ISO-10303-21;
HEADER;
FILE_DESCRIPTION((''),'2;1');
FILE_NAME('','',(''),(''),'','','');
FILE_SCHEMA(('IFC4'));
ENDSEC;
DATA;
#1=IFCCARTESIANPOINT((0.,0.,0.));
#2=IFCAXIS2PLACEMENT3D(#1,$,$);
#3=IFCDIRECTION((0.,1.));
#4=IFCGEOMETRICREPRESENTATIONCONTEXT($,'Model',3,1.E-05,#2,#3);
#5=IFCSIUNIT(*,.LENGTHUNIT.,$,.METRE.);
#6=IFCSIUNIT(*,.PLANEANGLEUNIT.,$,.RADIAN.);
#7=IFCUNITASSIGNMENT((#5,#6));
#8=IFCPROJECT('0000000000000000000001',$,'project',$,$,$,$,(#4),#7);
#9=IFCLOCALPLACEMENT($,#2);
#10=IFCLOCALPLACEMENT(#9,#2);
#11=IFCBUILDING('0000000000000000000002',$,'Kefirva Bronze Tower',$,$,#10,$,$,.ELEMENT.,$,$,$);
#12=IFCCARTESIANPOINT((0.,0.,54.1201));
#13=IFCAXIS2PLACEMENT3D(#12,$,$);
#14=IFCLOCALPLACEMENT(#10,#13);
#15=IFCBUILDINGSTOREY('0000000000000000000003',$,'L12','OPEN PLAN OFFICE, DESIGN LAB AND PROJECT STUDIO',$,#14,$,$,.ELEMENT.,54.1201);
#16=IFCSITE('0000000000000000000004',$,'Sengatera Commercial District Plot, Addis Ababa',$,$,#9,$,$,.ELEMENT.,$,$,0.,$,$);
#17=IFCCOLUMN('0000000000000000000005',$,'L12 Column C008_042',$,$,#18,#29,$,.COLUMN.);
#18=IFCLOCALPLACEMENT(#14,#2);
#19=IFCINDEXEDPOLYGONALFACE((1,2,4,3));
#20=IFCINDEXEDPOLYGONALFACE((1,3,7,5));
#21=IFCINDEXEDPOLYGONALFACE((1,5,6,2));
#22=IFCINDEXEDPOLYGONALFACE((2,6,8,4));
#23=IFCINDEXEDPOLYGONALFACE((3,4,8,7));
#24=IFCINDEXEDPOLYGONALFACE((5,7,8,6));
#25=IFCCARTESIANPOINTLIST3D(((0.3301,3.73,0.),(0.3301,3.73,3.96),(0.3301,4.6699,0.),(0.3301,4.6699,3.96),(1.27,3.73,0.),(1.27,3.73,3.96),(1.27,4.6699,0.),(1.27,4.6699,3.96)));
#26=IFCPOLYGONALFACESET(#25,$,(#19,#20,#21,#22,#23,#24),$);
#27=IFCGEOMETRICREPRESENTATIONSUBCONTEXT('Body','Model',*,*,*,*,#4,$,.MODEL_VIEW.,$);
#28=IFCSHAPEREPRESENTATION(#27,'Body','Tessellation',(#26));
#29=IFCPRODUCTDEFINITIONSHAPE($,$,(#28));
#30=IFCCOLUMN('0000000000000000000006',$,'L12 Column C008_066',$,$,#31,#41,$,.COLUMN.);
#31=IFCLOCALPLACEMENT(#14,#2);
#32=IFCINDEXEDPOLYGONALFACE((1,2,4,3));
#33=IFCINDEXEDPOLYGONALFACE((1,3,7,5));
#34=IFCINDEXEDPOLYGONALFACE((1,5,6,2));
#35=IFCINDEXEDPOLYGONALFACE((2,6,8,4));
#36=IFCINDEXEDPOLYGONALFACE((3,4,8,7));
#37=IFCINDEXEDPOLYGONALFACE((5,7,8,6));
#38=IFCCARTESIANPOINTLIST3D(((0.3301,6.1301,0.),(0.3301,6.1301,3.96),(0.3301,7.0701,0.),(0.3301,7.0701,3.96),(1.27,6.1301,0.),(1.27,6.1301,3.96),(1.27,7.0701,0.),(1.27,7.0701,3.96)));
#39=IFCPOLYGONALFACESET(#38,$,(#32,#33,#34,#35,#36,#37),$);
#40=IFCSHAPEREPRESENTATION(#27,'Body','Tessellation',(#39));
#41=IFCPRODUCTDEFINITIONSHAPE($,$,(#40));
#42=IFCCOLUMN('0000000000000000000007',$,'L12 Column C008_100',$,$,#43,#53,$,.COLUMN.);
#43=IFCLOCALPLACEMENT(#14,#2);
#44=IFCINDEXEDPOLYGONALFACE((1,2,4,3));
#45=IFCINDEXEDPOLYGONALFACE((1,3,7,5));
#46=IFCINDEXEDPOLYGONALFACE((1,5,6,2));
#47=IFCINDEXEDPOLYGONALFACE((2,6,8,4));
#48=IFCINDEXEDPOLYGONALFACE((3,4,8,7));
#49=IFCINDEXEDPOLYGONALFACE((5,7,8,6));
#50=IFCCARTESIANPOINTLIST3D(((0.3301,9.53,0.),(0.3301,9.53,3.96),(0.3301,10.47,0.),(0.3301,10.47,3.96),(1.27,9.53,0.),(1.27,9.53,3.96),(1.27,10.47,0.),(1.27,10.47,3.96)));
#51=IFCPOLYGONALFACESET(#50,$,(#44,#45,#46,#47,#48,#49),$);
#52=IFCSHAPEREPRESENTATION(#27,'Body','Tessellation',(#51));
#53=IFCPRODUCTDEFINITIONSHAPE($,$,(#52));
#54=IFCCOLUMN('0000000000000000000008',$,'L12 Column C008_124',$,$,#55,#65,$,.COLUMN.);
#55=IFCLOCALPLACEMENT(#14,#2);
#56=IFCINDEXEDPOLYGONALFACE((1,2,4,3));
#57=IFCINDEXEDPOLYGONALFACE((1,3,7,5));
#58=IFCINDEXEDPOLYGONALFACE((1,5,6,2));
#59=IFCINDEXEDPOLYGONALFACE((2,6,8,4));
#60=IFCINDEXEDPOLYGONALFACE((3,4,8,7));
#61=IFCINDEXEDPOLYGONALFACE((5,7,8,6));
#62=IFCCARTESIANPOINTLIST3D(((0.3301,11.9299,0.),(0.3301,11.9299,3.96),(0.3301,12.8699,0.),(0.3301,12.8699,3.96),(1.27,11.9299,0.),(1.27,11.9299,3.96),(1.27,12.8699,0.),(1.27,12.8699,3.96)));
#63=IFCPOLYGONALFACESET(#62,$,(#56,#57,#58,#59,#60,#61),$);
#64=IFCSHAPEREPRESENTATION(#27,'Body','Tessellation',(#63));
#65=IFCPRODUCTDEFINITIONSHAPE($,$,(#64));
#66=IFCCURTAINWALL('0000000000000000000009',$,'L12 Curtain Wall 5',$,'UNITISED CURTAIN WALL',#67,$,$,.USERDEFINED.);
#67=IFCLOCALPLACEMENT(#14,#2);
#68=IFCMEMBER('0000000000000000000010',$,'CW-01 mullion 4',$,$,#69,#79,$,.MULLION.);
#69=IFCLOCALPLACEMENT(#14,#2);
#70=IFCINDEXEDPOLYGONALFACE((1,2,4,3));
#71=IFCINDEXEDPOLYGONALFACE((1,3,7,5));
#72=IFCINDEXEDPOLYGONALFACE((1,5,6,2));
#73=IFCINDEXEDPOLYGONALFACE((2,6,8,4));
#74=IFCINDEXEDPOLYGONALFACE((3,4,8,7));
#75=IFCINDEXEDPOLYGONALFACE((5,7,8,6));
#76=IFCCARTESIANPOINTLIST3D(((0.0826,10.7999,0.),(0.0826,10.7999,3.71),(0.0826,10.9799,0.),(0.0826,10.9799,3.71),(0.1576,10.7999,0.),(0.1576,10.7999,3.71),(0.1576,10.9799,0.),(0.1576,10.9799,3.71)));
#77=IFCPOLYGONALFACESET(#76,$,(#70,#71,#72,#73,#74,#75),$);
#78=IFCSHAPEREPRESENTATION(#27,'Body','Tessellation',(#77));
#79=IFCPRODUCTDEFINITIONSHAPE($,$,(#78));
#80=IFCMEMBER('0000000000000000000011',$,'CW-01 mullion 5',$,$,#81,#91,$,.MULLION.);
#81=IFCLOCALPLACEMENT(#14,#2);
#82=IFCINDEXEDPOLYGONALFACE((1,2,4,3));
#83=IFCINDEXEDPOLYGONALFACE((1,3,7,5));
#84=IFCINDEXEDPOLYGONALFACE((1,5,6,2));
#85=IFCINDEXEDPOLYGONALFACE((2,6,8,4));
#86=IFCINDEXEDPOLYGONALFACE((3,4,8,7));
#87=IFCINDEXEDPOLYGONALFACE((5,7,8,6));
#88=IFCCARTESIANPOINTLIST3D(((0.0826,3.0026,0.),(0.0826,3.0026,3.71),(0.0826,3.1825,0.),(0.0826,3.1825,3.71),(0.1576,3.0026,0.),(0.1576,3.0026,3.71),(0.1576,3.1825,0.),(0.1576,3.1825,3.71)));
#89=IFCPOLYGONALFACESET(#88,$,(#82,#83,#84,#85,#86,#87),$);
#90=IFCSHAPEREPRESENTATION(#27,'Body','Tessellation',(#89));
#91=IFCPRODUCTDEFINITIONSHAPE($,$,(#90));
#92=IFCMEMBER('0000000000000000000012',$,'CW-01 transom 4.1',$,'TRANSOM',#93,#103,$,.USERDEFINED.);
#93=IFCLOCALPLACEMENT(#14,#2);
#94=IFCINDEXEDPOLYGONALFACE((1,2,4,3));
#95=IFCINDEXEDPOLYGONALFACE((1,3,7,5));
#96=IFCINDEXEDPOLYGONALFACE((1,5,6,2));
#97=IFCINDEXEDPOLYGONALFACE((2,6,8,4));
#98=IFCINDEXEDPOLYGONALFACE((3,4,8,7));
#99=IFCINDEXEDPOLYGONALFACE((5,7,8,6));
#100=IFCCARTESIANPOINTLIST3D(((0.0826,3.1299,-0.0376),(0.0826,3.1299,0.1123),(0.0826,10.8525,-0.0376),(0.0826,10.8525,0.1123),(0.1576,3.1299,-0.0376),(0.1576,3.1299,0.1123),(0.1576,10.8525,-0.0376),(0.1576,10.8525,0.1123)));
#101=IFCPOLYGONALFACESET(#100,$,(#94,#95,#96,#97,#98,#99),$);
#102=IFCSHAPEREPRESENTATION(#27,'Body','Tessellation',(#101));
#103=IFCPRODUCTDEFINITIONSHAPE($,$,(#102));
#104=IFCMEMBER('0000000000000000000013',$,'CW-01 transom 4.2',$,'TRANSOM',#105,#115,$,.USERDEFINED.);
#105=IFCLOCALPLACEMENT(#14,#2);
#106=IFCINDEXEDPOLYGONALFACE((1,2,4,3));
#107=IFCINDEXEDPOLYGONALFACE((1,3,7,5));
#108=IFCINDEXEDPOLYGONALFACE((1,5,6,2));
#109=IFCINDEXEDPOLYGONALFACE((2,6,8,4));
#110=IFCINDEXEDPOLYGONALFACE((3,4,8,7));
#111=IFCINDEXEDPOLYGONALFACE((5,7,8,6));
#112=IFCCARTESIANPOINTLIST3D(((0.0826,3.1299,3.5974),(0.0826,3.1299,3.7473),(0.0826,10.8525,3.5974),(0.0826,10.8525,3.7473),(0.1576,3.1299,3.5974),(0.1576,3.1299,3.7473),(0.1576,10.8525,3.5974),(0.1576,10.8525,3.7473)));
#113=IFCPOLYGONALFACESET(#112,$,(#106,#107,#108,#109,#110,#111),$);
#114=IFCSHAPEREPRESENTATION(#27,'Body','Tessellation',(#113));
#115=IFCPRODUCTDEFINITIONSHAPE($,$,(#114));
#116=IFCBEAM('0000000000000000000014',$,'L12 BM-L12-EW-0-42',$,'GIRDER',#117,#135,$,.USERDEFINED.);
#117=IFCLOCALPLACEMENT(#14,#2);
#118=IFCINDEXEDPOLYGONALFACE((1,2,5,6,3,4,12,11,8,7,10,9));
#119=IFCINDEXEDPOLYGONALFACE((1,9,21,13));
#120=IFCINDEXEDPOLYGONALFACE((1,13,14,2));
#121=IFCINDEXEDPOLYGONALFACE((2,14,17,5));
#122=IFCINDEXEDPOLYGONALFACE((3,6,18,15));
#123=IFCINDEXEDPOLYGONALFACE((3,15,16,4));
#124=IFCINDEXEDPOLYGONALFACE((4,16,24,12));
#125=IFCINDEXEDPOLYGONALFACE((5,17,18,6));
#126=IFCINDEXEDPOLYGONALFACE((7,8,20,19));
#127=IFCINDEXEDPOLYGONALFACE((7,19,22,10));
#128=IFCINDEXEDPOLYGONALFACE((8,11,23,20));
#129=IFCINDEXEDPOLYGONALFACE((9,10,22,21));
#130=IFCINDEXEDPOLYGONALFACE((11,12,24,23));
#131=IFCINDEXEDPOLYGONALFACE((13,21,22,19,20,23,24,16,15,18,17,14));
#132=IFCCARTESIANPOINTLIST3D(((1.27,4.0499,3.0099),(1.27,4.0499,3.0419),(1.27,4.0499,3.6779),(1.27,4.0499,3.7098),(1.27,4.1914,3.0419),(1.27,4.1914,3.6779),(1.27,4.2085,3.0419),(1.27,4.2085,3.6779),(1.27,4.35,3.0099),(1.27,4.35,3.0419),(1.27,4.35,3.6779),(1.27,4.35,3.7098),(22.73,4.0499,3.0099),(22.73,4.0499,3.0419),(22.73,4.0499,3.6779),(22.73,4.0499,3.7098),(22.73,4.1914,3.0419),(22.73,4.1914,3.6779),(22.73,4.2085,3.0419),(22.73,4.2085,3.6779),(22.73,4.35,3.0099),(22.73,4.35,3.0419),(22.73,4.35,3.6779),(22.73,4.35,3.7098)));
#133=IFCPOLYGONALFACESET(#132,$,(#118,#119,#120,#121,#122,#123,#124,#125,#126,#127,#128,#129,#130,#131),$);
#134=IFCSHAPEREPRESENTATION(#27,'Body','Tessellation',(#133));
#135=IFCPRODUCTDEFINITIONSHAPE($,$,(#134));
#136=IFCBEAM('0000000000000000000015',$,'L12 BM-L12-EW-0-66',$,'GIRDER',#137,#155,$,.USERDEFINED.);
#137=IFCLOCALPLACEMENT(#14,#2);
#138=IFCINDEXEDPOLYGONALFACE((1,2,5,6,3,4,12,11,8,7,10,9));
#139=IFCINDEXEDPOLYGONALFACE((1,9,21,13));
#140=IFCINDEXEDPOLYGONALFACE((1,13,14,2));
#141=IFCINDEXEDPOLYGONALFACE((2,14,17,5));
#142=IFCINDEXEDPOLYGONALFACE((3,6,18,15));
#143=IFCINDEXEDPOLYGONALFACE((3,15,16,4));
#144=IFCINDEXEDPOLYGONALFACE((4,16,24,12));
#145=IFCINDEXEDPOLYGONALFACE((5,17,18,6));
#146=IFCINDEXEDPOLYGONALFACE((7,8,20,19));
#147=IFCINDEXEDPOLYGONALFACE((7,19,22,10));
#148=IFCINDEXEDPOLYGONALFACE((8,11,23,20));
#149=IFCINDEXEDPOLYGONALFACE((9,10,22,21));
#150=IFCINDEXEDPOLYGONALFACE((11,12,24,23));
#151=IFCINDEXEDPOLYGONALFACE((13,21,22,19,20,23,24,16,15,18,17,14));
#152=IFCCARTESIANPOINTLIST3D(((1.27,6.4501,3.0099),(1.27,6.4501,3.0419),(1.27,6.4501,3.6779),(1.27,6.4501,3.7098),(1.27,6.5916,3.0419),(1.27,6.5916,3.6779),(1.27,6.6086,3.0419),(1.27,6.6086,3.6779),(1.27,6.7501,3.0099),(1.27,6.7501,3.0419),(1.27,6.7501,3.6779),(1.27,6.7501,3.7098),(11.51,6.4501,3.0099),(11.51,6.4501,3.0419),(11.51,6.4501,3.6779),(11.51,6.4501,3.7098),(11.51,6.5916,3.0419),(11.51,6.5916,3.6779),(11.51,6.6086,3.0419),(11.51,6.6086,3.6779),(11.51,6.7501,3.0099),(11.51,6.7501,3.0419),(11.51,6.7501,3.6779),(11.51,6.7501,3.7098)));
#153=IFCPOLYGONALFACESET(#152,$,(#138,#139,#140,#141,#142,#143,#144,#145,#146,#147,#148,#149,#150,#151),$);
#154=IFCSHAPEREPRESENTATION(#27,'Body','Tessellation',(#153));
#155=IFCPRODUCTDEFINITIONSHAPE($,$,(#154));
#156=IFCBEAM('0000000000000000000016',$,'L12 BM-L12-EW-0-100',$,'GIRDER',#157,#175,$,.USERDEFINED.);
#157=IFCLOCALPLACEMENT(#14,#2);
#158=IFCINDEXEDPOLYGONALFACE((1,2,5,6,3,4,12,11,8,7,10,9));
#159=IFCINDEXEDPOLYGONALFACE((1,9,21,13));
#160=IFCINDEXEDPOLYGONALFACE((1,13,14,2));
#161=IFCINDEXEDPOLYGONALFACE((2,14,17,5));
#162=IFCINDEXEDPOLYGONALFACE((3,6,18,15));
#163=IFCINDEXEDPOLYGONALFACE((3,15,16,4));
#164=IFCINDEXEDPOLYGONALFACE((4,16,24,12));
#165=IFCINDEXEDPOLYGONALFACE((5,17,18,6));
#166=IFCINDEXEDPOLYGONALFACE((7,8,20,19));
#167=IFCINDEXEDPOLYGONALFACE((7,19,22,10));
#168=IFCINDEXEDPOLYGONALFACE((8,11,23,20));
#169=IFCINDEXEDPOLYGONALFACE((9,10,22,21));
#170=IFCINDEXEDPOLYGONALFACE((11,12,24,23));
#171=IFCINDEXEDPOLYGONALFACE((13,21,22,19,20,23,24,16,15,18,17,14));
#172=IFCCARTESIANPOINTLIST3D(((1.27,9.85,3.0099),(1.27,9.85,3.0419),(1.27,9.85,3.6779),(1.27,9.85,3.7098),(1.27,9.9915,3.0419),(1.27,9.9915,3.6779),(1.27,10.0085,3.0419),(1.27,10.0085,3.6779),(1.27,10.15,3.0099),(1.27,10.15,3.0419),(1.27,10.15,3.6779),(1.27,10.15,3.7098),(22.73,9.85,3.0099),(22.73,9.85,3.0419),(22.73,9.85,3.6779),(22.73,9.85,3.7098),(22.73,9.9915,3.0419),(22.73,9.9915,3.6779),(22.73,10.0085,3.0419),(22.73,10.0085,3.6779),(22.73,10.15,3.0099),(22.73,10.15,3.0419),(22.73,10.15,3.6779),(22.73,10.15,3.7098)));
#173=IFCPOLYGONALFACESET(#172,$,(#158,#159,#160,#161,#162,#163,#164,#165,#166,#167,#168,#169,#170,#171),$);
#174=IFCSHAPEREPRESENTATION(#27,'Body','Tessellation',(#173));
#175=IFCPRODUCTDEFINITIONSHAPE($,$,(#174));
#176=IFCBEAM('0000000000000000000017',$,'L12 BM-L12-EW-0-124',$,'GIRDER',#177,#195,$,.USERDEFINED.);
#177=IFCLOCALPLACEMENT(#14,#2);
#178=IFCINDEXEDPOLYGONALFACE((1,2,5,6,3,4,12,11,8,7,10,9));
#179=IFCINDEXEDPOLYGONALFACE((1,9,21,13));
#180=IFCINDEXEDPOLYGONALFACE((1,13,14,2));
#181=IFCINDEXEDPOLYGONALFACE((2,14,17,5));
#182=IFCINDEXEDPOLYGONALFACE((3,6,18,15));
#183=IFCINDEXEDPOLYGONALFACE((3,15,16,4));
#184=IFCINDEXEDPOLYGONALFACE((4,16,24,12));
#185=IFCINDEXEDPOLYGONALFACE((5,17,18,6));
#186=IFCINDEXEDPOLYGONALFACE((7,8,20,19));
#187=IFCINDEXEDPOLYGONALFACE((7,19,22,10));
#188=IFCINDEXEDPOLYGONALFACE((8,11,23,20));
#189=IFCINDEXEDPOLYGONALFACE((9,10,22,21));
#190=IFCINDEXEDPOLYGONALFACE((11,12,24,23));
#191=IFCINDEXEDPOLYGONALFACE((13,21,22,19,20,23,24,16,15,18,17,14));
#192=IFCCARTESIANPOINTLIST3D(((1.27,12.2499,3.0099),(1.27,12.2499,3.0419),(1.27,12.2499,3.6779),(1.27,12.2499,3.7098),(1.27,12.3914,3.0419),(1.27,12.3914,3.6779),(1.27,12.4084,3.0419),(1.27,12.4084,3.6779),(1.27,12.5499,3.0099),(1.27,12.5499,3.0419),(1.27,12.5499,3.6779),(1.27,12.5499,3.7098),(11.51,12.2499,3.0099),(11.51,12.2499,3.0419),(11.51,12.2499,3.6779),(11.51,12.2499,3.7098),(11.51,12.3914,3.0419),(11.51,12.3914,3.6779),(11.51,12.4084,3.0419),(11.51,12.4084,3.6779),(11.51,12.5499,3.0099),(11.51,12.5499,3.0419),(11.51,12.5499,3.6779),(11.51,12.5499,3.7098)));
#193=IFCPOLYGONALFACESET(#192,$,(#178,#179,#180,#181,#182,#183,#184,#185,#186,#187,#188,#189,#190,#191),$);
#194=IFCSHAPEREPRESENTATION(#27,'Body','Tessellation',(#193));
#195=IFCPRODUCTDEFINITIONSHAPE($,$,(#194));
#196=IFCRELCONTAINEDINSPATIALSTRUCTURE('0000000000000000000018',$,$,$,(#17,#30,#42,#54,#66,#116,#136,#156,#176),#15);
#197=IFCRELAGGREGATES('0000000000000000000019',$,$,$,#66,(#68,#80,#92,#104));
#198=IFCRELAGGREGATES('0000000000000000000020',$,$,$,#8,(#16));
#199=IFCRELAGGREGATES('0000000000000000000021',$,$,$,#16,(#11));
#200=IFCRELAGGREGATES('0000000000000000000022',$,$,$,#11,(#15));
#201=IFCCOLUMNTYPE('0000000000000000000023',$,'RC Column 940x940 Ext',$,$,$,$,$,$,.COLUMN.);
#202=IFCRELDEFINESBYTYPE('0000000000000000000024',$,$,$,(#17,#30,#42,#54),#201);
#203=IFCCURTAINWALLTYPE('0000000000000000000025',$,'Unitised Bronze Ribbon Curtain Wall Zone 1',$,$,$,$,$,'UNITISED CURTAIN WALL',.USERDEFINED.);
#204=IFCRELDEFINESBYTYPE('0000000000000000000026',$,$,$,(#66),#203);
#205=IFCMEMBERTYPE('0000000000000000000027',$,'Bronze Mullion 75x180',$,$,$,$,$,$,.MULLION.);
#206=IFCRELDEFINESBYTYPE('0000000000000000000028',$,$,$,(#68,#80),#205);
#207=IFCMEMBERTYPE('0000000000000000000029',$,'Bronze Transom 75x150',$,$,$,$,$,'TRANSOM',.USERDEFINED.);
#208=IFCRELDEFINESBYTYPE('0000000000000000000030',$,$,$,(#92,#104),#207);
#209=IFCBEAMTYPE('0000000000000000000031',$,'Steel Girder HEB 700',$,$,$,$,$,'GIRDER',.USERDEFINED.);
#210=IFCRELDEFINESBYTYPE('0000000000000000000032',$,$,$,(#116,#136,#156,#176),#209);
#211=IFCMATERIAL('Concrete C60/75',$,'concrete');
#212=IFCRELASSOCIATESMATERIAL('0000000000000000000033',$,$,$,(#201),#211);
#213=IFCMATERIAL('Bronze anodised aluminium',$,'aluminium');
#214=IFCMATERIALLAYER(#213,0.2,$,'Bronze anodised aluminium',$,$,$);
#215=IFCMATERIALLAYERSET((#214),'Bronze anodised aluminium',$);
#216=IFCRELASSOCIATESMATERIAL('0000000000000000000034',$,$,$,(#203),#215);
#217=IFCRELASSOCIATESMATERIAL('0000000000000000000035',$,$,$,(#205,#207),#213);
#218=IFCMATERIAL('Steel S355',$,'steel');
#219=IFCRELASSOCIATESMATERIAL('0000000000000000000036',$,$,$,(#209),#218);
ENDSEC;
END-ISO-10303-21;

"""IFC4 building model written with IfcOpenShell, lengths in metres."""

from ifc_helpers import new_model, si_unit, direction, frame, origin, origin_2d, place, context, subcontext, project, spatial, rectangle, i_section, extrude, material, layer, layer_set, material_profile, profile_set, type_object, element, aggregate, save


model = new_model("IFC4")

# Units and contexts
model_context = context("Model", 3, precision=1e-05, world=origin(), true_north=direction((0.0, 1.0)))
body_context = subcontext(model_context, "Body", "Model", "MODEL_VIEW")
ifc_project = project(units=[si_unit("LENGTHUNIT", "METRE"), si_unit("PLANEANGLEUNIT", "RADIAN")], contexts=[model_context])

# Site, building, storey
site_placement = place(None, origin())
site = spatial("IfcSite", under=ifc_project, at=site_placement, Name="Sengatera Commercial District Plot, Addis Ababa", CompositionType="ELEMENT", RefElevation=0.0)
building_placement = place(site_placement, origin())
building = spatial("IfcBuilding", under=site, at=building_placement, Name="Kefirva Bronze Tower", CompositionType="ELEMENT")
storey_placement = place(building_placement, frame((0.0, 0.0, 54.1201)))
storey = spatial("IfcBuildingStorey", under=building, at=storey_placement, Name="L12", Description="OPEN PLAN OFFICE, DESIGN LAB AND PROJECT STUDIO", CompositionType="ELEMENT", Elevation=54.1201)

# Columns
ifc_material_1 = material(Name="Concrete C60/75", Category="concrete")
ifc_material_profile_1 = material_profile(ifc_material_1, rectangle(XDim=0.9399, YDim=0.9399, at=origin_2d()), Name="RC 940x940")
ifc_profile_set_1 = profile_set([ifc_material_profile_1], Name="Concrete C60/75")
column_type = type_object("IfcColumnType", Name="RC Column 940x940 Ext", PredefinedType="COLUMN", material=ifc_profile_set_1)
for number, where, z_axis, x_axis, name in (
    (1, (0.8, 4.2, 0.0), (0.0, 0.0, 1.0), (1.0, 0.0, 0.0), "L12 Column C008_042"),
    (2, (0.8, 6.6001, 0.0), (0.0, 0.0, 1.0), (1.0, 0.0, 0.0), "L12 Column C008_066"),
    (3, (0.8, 10.0, 0.0), (0.0, 0.0, 1.0), (1.0, 0.0, 0.0), "L12 Column C008_100"),
    (4, (0.8, 12.3999, 0.0), (0.0, 0.0, 1.0), (1.0, 0.0, 0.0), "L12 Column C008_124"),
):
    element("IfcColumn", number, at=place(storey_placement, frame(where, z_axis=z_axis, x_axis=x_axis)), inside=storey, type_object=column_type, Name=name, PredefinedType="COLUMN", context=body_context, shape_type="SweptSolid", body=[
        extrude(rectangle(XDim=0.9399, YDim=0.9399, at=origin_2d()), origin(), (0.0, 0.0, 1.0), 3.96),
    ])

# Curtain wall, members
ifc_material_2 = material(Name="Bronze anodised aluminium", Category="aluminium")
ifc_layer_1 = layer(ifc_material_2, 0.2, Name="Bronze anodised aluminium")
ifc_layer_set_1 = layer_set([ifc_layer_1], Name="Bronze anodised aluminium")
curtain_wall_type = type_object("IfcCurtainWallType", Name="Unitised Bronze Ribbon Curtain Wall Zone 1", ElementType="UNITISED CURTAIN WALL", PredefinedType="USERDEFINED", material=ifc_layer_set_1)
curtain_wall_placement = place(storey_placement, origin())
curtain_wall = element("IfcCurtainWall", 5, at=curtain_wall_placement, inside=storey, type_object=curtain_wall_type, Name="L12 Curtain Wall 5", ObjectType="UNITISED CURTAIN WALL", PredefinedType="USERDEFINED")
ifc_material_profile_2 = material_profile(ifc_material_2, rectangle(XDim=0.075, YDim=0.1799, at=origin_2d()), Name="ALU 75x180")
ifc_profile_set_2 = profile_set([ifc_material_profile_2], Name="Bronze anodised aluminium")
member_type_1 = type_object("IfcMemberType", Name="Bronze Mullion 75x180", PredefinedType="MULLION", material=ifc_profile_set_2)
member_1_placement = place(storey_placement, frame((0.1201, 10.8899, 0.0), z_axis=(0.0, 0.0, 1.0), x_axis=(1.0, 0.0, 0.0)))
member_1 = element("IfcMember", 6, at=member_1_placement, type_object=member_type_1, Name="CW-01 mullion 4", PredefinedType="MULLION", context=body_context, shape_type="SweptSolid", body=[
    extrude(rectangle(XDim=0.075, YDim=0.1799, at=origin_2d()), origin(), (0.0, 0.0, 1.0), 3.71),
])
member_2_placement = place(storey_placement, frame((0.1201, 3.0925, 0.0), z_axis=(0.0, 0.0, 1.0), x_axis=(1.0, 0.0, 0.0)))
member_2 = element("IfcMember", 7, at=member_2_placement, type_object=member_type_1, Name="CW-01 mullion 5", PredefinedType="MULLION", context=body_context, shape_type="SweptSolid", body=[
    extrude(rectangle(XDim=0.075, YDim=0.1799, at=origin_2d()), origin(), (0.0, 0.0, 1.0), 3.71),
])
ifc_material_profile_3 = material_profile(ifc_material_2, rectangle(XDim=0.075, YDim=0.1499, at=origin_2d()), Name="ALU 75x150")
ifc_profile_set_3 = profile_set([ifc_material_profile_3], Name="Bronze anodised aluminium")
member_type_2 = type_object("IfcMemberType", Name="Bronze Transom 75x150", ElementType="TRANSOM", PredefinedType="USERDEFINED", material=ifc_profile_set_3)
member_3_placement = place(storey_placement, frame((0.1201, 10.8525, 0.0374), z_axis=(0.0, -1.0, 0.0), x_axis=(1.0, 0.0, 0.0)))
member_3 = element("IfcMember", 8, at=member_3_placement, type_object=member_type_2, Name="CW-01 transom 4.1", ObjectType="TRANSOM", PredefinedType="USERDEFINED", context=body_context, shape_type="SweptSolid", body=[
    extrude(rectangle(XDim=0.075, YDim=0.1499, at=origin_2d()), origin(), (0.0, 0.0, 1.0), 7.7227),
])
member_4_placement = place(storey_placement, frame((0.1201, 10.8525, 3.6724), z_axis=(0.0, -1.0, 0.0), x_axis=(1.0, 0.0, 0.0)))
member_4 = element("IfcMember", 9, at=member_4_placement, type_object=member_type_2, Name="CW-01 transom 4.2", ObjectType="TRANSOM", PredefinedType="USERDEFINED", context=body_context, shape_type="SweptSolid", body=[
    extrude(rectangle(XDim=0.075, YDim=0.1499, at=origin_2d()), origin(), (0.0, 0.0, 1.0), 7.7227),
])

# Beams
ifc_material_3 = material(Name="Steel S355", Category="steel")
ifc_material_profile_4 = material_profile(ifc_material_3, i_section(OverallWidth=0.3, OverallDepth=0.7, WebThickness=0.0171, FlangeThickness=0.032, at=origin_2d()), Name="HEB 700")
ifc_profile_set_4 = profile_set([ifc_material_profile_4], Name="Steel S355")
beam_type_1 = type_object("IfcBeamType", Name="Steel Girder HEB 700", ElementType="GIRDER", PredefinedType="USERDEFINED", material=ifc_profile_set_4)
beam_1_placement = place(storey_placement, frame((1.27, 4.2, 3.3599), z_axis=(1.0, 0.0, 0.0), x_axis=(0.0, 1.0, 0.0)))
element("IfcBeam", 10, at=beam_1_placement, inside=storey, type_object=beam_type_1, Name="L12 BM-L12-EW-0-42", ObjectType="GIRDER", PredefinedType="USERDEFINED", context=body_context, shape_type="SweptSolid", body=[
    extrude(i_section(OverallWidth=0.3, OverallDepth=0.7, WebThickness=0.0171, FlangeThickness=0.032, at=origin_2d()), origin(), (0.0, 0.0, 1.0), 21.46),
])
beam_2_placement = place(storey_placement, frame((1.27, 6.6001, 3.3599), z_axis=(1.0, 0.0, 0.0), x_axis=(0.0, 1.0, 0.0)))
element("IfcBeam", 11, at=beam_2_placement, inside=storey, type_object=beam_type_1, Name="L12 BM-L12-EW-0-66", ObjectType="GIRDER", PredefinedType="USERDEFINED", context=body_context, shape_type="SweptSolid", body=[
    extrude(i_section(OverallWidth=0.3, OverallDepth=0.7, WebThickness=0.0171, FlangeThickness=0.032, at=origin_2d()), origin(), (0.0, 0.0, 1.0), 10.24),
])
beam_3_placement = place(storey_placement, frame((1.27, 10.0, 3.3599), z_axis=(1.0, 0.0, 0.0), x_axis=(0.0, 1.0, 0.0)))
element("IfcBeam", 12, at=beam_3_placement, inside=storey, type_object=beam_type_1, Name="L12 BM-L12-EW-0-100", ObjectType="GIRDER", PredefinedType="USERDEFINED", context=body_context, shape_type="SweptSolid", body=[
    extrude(i_section(OverallWidth=0.3, OverallDepth=0.7, WebThickness=0.0171, FlangeThickness=0.032, at=origin_2d()), origin(), (0.0, 0.0, 1.0), 21.46),
])
beam_4_placement = place(storey_placement, frame((1.27, 12.3999, 3.3599), z_axis=(1.0, 0.0, 0.0), x_axis=(0.0, 1.0, 0.0)))
element("IfcBeam", 13, at=beam_4_placement, inside=storey, type_object=beam_type_1, Name="L12 BM-L12-EW-0-124", ObjectType="GIRDER", PredefinedType="USERDEFINED", context=body_context, shape_type="SweptSolid", body=[
    extrude(i_section(OverallWidth=0.3, OverallDepth=0.7, WebThickness=0.0171, FlangeThickness=0.032, at=origin_2d()), origin(), (0.0, 0.0, 1.0), 10.24),
])

aggregate(curtain_wall, [member_1, member_2, member_3, member_4])

save(model, "model.ifc")
